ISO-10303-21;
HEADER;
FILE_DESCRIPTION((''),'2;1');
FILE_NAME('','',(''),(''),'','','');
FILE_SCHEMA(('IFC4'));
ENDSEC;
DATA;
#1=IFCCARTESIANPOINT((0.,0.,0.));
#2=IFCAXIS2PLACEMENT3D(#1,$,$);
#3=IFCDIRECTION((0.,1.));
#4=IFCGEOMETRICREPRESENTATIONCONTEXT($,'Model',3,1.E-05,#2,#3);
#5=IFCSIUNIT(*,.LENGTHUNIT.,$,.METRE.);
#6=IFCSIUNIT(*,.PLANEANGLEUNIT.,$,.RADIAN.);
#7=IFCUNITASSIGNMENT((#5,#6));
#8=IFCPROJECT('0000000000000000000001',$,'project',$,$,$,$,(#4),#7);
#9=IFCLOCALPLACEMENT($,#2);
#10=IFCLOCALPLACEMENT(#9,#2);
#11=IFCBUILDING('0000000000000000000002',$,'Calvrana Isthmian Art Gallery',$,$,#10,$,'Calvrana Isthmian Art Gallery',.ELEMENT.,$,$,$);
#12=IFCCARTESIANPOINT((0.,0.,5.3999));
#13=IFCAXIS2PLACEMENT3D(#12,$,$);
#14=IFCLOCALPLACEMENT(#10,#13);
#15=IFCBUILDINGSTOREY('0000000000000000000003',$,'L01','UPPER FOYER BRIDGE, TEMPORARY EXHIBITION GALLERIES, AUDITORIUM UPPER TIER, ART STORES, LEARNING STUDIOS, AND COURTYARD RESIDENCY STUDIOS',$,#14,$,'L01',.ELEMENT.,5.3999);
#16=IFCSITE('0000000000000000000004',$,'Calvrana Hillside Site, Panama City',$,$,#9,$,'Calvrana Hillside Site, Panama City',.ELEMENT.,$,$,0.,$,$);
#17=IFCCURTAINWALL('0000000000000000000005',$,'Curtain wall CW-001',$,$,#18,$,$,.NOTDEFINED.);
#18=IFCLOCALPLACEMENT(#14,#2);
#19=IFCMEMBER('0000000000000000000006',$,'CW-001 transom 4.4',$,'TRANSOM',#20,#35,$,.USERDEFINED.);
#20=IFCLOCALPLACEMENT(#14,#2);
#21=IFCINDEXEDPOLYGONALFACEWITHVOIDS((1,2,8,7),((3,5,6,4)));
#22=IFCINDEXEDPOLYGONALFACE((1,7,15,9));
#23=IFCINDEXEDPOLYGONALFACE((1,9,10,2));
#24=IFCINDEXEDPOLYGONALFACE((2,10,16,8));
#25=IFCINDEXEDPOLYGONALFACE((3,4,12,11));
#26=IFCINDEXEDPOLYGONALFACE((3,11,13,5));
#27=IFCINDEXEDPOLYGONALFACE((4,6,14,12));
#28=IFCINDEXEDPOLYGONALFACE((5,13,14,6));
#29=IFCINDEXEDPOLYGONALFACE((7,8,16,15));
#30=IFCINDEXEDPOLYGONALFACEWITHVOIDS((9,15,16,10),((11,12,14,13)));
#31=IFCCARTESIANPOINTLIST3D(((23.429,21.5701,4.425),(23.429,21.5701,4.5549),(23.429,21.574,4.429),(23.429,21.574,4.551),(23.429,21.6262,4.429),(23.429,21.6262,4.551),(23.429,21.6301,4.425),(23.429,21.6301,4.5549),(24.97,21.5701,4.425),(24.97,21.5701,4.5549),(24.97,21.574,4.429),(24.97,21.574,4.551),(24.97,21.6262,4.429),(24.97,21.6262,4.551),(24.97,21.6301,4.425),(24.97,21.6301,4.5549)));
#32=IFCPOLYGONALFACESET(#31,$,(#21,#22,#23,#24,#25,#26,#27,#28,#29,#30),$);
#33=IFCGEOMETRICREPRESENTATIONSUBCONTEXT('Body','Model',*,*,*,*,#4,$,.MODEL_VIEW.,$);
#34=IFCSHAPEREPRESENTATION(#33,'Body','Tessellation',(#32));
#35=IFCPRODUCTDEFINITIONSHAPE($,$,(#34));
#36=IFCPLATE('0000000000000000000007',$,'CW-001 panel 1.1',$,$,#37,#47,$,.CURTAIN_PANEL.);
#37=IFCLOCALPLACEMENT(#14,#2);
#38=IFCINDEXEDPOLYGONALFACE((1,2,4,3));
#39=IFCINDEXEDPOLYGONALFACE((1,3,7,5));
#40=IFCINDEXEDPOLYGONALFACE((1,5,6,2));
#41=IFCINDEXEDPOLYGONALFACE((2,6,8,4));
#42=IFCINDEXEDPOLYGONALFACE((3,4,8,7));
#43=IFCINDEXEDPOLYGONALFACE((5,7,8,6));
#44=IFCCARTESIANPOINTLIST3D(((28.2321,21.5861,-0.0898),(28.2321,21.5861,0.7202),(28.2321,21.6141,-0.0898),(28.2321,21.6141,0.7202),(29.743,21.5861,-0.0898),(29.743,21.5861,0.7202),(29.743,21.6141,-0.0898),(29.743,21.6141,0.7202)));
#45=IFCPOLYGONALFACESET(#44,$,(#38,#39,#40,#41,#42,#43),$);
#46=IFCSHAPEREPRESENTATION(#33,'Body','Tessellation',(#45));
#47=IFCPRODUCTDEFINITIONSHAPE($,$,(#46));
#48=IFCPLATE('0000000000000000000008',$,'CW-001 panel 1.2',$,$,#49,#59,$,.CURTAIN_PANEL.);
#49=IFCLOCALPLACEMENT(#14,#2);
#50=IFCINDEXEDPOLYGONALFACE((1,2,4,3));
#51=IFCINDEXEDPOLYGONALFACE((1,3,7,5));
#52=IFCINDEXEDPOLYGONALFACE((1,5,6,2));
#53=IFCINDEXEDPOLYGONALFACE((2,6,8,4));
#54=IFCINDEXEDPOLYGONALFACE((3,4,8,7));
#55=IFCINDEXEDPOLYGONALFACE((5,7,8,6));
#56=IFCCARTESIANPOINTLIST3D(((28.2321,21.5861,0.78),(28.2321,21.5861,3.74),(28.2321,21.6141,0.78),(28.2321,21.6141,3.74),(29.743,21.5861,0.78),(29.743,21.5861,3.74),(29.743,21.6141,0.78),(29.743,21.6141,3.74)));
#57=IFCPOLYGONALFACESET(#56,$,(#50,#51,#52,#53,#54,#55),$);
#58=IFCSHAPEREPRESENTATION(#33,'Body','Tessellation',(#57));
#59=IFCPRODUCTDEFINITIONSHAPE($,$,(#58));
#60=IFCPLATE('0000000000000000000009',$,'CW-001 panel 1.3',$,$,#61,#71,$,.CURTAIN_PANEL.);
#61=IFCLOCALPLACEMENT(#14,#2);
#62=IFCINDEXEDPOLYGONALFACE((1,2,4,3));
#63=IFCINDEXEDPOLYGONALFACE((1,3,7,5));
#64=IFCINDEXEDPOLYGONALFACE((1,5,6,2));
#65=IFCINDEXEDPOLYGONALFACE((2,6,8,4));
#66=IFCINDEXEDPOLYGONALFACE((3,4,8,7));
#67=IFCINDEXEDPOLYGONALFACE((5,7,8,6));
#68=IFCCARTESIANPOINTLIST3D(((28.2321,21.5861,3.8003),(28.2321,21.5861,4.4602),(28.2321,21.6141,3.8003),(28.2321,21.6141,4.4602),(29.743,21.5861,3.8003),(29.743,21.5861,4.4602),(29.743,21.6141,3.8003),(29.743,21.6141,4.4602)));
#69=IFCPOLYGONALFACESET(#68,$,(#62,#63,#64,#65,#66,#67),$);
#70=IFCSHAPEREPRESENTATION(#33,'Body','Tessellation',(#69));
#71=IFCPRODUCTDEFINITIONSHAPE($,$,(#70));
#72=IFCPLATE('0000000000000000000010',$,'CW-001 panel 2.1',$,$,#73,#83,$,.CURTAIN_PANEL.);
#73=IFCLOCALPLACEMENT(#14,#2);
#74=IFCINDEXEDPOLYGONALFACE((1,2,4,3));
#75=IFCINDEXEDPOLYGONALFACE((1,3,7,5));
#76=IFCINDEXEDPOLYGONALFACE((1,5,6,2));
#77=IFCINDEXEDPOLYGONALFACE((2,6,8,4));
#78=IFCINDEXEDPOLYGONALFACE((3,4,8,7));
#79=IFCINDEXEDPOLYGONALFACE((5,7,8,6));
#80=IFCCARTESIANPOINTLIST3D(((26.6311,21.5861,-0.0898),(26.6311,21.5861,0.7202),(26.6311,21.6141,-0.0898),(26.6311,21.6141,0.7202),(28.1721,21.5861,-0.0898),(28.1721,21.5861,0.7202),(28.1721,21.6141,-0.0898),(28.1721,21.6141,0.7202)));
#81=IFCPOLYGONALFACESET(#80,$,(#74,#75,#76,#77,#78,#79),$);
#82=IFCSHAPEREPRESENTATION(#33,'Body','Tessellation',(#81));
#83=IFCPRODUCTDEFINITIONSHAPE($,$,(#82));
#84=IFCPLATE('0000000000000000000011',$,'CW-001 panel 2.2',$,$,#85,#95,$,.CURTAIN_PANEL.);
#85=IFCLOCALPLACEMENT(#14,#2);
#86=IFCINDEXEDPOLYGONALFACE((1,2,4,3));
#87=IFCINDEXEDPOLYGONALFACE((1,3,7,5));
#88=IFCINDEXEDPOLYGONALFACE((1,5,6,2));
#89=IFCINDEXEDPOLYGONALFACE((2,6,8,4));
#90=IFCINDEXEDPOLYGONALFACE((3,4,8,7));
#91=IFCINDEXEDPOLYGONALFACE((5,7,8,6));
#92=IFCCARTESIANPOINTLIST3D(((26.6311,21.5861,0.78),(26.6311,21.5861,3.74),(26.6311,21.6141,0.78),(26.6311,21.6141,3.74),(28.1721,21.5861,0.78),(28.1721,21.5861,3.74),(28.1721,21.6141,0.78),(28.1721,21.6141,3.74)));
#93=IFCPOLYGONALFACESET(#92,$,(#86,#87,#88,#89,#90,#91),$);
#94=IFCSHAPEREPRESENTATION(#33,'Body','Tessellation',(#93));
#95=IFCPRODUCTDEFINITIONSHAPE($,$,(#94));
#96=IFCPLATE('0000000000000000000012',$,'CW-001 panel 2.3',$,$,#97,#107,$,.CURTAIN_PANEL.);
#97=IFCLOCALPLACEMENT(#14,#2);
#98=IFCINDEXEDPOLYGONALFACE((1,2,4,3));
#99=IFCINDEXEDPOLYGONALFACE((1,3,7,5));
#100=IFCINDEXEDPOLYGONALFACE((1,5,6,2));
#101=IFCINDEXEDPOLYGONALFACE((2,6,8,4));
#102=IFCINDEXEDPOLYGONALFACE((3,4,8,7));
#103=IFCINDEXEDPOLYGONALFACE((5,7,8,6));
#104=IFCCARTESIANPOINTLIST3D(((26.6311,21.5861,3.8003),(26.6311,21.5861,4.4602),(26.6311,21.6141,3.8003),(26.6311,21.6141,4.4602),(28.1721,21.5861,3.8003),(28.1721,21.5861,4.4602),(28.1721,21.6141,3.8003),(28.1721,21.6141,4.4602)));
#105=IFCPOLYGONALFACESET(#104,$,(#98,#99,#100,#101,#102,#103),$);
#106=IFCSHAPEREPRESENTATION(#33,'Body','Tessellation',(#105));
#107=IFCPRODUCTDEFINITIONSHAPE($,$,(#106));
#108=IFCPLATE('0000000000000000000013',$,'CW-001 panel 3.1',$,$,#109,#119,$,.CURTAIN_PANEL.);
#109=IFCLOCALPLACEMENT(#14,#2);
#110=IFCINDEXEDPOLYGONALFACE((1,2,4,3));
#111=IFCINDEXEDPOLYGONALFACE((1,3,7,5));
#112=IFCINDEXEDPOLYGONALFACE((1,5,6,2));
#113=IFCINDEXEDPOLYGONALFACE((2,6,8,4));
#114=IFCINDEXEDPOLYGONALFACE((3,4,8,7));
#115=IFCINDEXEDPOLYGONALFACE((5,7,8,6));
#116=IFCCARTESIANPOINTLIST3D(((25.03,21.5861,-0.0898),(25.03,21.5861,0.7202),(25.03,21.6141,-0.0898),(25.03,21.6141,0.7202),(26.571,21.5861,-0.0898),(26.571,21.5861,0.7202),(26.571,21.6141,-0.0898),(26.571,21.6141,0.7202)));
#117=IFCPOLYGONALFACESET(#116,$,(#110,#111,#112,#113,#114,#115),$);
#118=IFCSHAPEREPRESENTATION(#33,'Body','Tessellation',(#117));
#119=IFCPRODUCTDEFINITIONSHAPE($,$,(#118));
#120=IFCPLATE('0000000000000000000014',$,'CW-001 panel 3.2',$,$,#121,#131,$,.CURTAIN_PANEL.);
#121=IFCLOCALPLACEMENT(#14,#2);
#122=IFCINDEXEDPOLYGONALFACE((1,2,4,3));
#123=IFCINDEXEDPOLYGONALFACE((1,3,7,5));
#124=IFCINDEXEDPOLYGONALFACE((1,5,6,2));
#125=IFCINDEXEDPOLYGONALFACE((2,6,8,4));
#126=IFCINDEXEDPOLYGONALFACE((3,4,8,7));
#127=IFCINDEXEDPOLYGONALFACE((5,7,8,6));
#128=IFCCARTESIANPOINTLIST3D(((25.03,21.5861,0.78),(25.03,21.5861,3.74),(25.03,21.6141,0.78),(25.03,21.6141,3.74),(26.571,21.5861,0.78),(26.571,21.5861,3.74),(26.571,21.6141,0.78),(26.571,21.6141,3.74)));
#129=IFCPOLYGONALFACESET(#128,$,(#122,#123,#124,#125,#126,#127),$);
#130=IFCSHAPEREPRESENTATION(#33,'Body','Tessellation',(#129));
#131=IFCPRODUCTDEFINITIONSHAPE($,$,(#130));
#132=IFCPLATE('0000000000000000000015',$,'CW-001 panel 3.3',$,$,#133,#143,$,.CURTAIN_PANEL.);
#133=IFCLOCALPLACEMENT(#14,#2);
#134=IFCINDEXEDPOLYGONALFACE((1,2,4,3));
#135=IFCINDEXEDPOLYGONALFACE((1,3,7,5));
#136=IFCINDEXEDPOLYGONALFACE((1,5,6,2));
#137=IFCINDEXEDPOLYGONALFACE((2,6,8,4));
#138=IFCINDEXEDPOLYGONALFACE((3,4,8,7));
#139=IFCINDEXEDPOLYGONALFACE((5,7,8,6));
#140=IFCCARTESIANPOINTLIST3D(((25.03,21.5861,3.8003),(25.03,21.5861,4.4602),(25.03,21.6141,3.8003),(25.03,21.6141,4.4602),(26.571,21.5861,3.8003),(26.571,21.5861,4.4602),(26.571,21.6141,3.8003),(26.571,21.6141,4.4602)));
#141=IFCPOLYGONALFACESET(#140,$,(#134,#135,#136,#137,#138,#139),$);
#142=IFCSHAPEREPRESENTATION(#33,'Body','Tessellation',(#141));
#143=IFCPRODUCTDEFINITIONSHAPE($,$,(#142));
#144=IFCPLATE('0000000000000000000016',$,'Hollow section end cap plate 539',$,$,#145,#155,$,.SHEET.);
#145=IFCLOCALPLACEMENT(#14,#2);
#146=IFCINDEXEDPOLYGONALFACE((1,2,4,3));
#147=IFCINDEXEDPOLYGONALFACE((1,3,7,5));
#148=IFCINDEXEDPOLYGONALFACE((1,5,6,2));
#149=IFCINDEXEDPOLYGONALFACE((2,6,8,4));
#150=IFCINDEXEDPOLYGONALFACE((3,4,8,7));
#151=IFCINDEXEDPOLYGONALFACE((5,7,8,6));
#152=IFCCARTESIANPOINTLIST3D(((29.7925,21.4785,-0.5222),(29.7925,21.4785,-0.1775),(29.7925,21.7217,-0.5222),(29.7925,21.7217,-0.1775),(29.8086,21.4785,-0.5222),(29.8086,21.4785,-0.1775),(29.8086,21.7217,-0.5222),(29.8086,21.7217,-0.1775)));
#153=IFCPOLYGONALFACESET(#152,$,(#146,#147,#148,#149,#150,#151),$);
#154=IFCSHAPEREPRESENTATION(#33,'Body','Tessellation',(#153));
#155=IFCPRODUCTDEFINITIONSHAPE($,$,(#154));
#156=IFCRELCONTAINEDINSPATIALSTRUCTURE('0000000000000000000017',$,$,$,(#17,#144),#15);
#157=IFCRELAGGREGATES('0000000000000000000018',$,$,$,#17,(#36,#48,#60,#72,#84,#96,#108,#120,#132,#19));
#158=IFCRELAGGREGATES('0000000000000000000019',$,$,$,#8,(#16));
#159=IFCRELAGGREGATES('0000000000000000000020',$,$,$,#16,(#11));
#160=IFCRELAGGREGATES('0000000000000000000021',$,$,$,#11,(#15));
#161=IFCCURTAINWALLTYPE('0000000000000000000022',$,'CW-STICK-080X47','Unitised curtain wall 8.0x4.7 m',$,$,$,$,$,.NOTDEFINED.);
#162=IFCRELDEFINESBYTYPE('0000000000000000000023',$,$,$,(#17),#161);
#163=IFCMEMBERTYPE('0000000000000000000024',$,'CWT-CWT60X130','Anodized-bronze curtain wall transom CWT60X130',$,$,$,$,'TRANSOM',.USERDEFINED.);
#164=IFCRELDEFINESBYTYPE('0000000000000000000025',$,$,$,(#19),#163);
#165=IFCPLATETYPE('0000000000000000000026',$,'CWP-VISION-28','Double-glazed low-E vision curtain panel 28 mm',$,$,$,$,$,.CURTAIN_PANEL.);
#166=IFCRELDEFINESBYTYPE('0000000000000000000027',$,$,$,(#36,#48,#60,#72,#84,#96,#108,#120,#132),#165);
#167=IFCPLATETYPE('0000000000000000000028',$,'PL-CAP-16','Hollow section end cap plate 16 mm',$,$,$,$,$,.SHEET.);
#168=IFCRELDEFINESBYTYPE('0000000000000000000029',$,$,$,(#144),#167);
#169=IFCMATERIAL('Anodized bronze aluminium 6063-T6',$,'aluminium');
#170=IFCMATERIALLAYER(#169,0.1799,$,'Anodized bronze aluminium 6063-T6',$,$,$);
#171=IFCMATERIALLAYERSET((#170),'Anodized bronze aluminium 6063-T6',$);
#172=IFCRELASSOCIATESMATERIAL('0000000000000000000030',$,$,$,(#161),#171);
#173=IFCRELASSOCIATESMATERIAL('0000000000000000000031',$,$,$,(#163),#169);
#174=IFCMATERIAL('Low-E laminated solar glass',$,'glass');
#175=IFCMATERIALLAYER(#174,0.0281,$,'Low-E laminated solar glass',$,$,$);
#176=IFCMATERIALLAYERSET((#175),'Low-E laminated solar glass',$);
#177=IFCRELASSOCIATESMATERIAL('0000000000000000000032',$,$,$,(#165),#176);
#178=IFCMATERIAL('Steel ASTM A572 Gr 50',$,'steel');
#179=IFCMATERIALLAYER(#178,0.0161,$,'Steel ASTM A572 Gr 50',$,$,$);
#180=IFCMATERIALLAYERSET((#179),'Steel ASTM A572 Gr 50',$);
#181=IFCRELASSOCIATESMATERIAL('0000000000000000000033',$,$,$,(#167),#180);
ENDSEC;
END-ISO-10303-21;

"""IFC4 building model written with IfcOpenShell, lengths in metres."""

from ifc_helpers import new_model, si_unit, direction, frame, origin, origin_2d, place, context, subcontext, project, spatial, rectangle, hollow_rectangle, extrude, material, layer, layer_set, material_profile, profile_set, type_object, element, aggregate, save


model = new_model("IFC4")

# Units and contexts
model_context = context("Model", 3, precision=1e-05, world=origin(), true_north=direction((0.0, 1.0)))
body_context = subcontext(model_context, "Body", "Model", "MODEL_VIEW")
ifc_project = project(units=[si_unit("LENGTHUNIT", "METRE"), si_unit("PLANEANGLEUNIT", "RADIAN")], contexts=[model_context])

# Site, building, storey
site_placement = place(None, origin())
site = spatial("IfcSite", under=ifc_project, at=site_placement, Name="Calvrana Hillside Site, Panama City", LongName="Calvrana Hillside Site, Panama City", CompositionType="ELEMENT", RefElevation=0.0)
building_placement = place(site_placement, origin())
building = spatial("IfcBuilding", under=site, at=building_placement, Name="Calvrana Isthmian Art Gallery", LongName="Calvrana Isthmian Art Gallery", CompositionType="ELEMENT")
storey_placement = place(building_placement, frame((0.0, 0.0, 5.3999)))
storey = spatial("IfcBuildingStorey", under=building, at=storey_placement, Name="L01", Description="UPPER FOYER BRIDGE, TEMPORARY EXHIBITION GALLERIES, AUDITORIUM UPPER TIER, ART STORES, LEARNING STUDIOS, AND COURTYARD RESIDENCY STUDIOS", LongName="L01", CompositionType="ELEMENT", Elevation=5.3999)

# Curtain wall, member, plates
ifc_material_1 = material(Name="Anodized bronze aluminium 6063-T6", Category="aluminium")
ifc_layer_1 = layer(ifc_material_1, 0.1799, Name="Anodized bronze aluminium 6063-T6")
ifc_layer_set_1 = layer_set([ifc_layer_1], Name="Anodized bronze aluminium 6063-T6")
curtain_wall_type = type_object("IfcCurtainWallType", Name="CW-STICK-080X47", Description="Unitised curtain wall 8.0x4.7 m", PredefinedType="NOTDEFINED", material=ifc_layer_set_1)
curtain_wall_placement = place(storey_placement, origin())
curtain_wall = element("IfcCurtainWall", 1, at=curtain_wall_placement, inside=storey, type_object=curtain_wall_type, Name="Curtain wall CW-001", PredefinedType="NOTDEFINED")
ifc_material_profile_1 = material_profile(ifc_material_1, hollow_rectangle(XDim=0.0601, YDim=0.1299, WallThickness=0.0039, at=origin_2d()), Name="CWT60X130")
ifc_profile_set_1 = profile_set([ifc_material_profile_1], Name="Anodized bronze aluminium 6063-T6")
member_type_1 = type_object("IfcMemberType", Name="CWT-CWT60X130", Description="Anodized-bronze curtain wall transom CWT60X130", ElementType="TRANSOM", PredefinedType="USERDEFINED", material=ifc_profile_set_1)
member_1_placement = place(storey_placement, frame((24.97, 21.6001, 4.49), z_axis=(-1.0, 0.0, 0.0), x_axis=(0.0, -1.0, 0.0)))
member_1 = element("IfcMember", 2, at=member_1_placement, type_object=member_type_1, Name="CW-001 transom 4.4", ObjectType="TRANSOM", PredefinedType="USERDEFINED", context=body_context, shape_type="SweptSolid", body=[
    extrude(hollow_rectangle(XDim=0.0601, YDim=0.1299, WallThickness=0.0039, at=origin_2d()), origin(), (0.0, 0.0, 1.0), 1.541),
])
ifc_material_2 = material(Name="Low-E laminated solar glass", Category="glass")
ifc_layer_2 = layer(ifc_material_2, 0.0281, Name="Low-E laminated solar glass")
ifc_layer_set_2 = layer_set([ifc_layer_2], Name="Low-E laminated solar glass")
plate_type_1 = type_object("IfcPlateType", Name="CWP-VISION-28", Description="Double-glazed low-E vision curtain panel 28 mm", PredefinedType="CURTAIN_PANEL", material=ifc_layer_set_2)
plate_1_placement = place(storey_placement, frame((28.9875, 21.6001, -0.0898), z_axis=(0.0, 0.0, 1.0), x_axis=(-1.0, 0.0, 0.0)))
plate_1 = element("IfcPlate", 3, at=plate_1_placement, type_object=plate_type_1, Name="CW-001 panel 1.1", PredefinedType="CURTAIN_PANEL", context=body_context, shape_type="SweptSolid", body=[
    extrude(rectangle(XDim=1.511, YDim=0.0281, at=origin_2d()), origin(), (0.0, 0.0, 1.0), 0.8101),
])
plate_2_placement = place(storey_placement, frame((28.9875, 21.6001, 0.78), z_axis=(0.0, 0.0, 1.0), x_axis=(-1.0, 0.0, 0.0)))
plate_2 = element("IfcPlate", 4, at=plate_2_placement, type_object=plate_type_1, Name="CW-001 panel 1.2", PredefinedType="CURTAIN_PANEL", context=body_context, shape_type="SweptSolid", body=[
    extrude(rectangle(XDim=1.511, YDim=0.0281, at=origin_2d()), origin(), (0.0, 0.0, 1.0), 2.96),
])
plate_3_placement = place(storey_placement, frame((28.9875, 21.6001, 3.8003), z_axis=(0.0, 0.0, 1.0), x_axis=(-1.0, 0.0, 0.0)))
plate_3 = element("IfcPlate", 5, at=plate_3_placement, type_object=plate_type_1, Name="CW-001 panel 1.3", PredefinedType="CURTAIN_PANEL", context=body_context, shape_type="SweptSolid", body=[
    extrude(rectangle(XDim=1.511, YDim=0.0281, at=origin_2d()), origin(), (0.0, 0.0, 1.0), 0.6599),
])
plate_4_placement = place(storey_placement, frame((27.4016, 21.6001, -0.0898), z_axis=(0.0, 0.0, 1.0), x_axis=(-1.0, 0.0, 0.0)))
plate_4 = element("IfcPlate", 6, at=plate_4_placement, type_object=plate_type_1, Name="CW-001 panel 2.1", PredefinedType="CURTAIN_PANEL", context=body_context, shape_type="SweptSolid", body=[
    extrude(rectangle(XDim=1.541, YDim=0.0281, at=origin_2d()), origin(), (0.0, 0.0, 1.0), 0.8101),
])
plate_5_placement = place(storey_placement, frame((27.4016, 21.6001, 0.78), z_axis=(0.0, 0.0, 1.0), x_axis=(-1.0, 0.0, 0.0)))
plate_5 = element("IfcPlate", 7, at=plate_5_placement, type_object=plate_type_1, Name="CW-001 panel 2.2", PredefinedType="CURTAIN_PANEL", context=body_context, shape_type="SweptSolid", body=[
    extrude(rectangle(XDim=1.541, YDim=0.0281, at=origin_2d()), origin(), (0.0, 0.0, 1.0), 2.96),
])
plate_6_placement = place(storey_placement, frame((27.4016, 21.6001, 3.8003), z_axis=(0.0, 0.0, 1.0), x_axis=(-1.0, 0.0, 0.0)))
plate_6 = element("IfcPlate", 8, at=plate_6_placement, type_object=plate_type_1, Name="CW-001 panel 2.3", PredefinedType="CURTAIN_PANEL", context=body_context, shape_type="SweptSolid", body=[
    extrude(rectangle(XDim=1.541, YDim=0.0281, at=origin_2d()), origin(), (0.0, 0.0, 1.0), 0.6599),
])
plate_7_placement = place(storey_placement, frame((25.8005, 21.6001, -0.0898), z_axis=(0.0, 0.0, 1.0), x_axis=(-1.0, 0.0, 0.0)))
plate_7 = element("IfcPlate", 9, at=plate_7_placement, type_object=plate_type_1, Name="CW-001 panel 3.1", PredefinedType="CURTAIN_PANEL", context=body_context, shape_type="SweptSolid", body=[
    extrude(rectangle(XDim=1.541, YDim=0.0281, at=origin_2d()), origin(), (0.0, 0.0, 1.0), 0.8101),
])
plate_8_placement = place(storey_placement, frame((25.8005, 21.6001, 0.78), z_axis=(0.0, 0.0, 1.0), x_axis=(-1.0, 0.0, 0.0)))
plate_8 = element("IfcPlate", 10, at=plate_8_placement, type_object=plate_type_1, Name="CW-001 panel 3.2", PredefinedType="CURTAIN_PANEL", context=body_context, shape_type="SweptSolid", body=[
    extrude(rectangle(XDim=1.541, YDim=0.0281, at=origin_2d()), origin(), (0.0, 0.0, 1.0), 2.96),
])
plate_9_placement = place(storey_placement, frame((25.8005, 21.6001, 3.8003), z_axis=(0.0, 0.0, 1.0), x_axis=(-1.0, 0.0, 0.0)))
plate_9 = element("IfcPlate", 11, at=plate_9_placement, type_object=plate_type_1, Name="CW-001 panel 3.3", PredefinedType="CURTAIN_PANEL", context=body_context, shape_type="SweptSolid", body=[
    extrude(rectangle(XDim=1.541, YDim=0.0281, at=origin_2d()), origin(), (0.0, 0.0, 1.0), 0.6599),
])
aggregate(curtain_wall, [plate_1, plate_2, plate_3, plate_4, plate_5, plate_6, plate_7, plate_8, plate_9, member_1])

# Plate
ifc_material_3 = material(Name="Steel ASTM A572 Gr 50", Category="steel")
ifc_layer_3 = layer(ifc_material_3, 0.0161, Name="Steel ASTM A572 Gr 50")
ifc_layer_set_3 = layer_set([ifc_layer_3], Name="Steel ASTM A572 Gr 50")
plate_type_2 = type_object("IfcPlateType", Name="PL-CAP-16", Description="Hollow section end cap plate 16 mm", PredefinedType="SHEET", material=ifc_layer_set_3)
plate_10_placement = place(storey_placement, frame((29.8005, 21.6001, -0.5222), z_axis=(0.0, 0.0, 1.0), x_axis=(1.0, 0.0, 0.0)))
element("IfcPlate", 12, at=plate_10_placement, inside=storey, type_object=plate_type_2, Name="Hollow section end cap plate 539", PredefinedType="SHEET", context=body_context, shape_type="SweptSolid", body=[
    extrude(rectangle(XDim=0.0161, YDim=0.2432, at=origin_2d()), origin(), (0.0, 0.0, 1.0), 0.3447),
])

save(model, "model.ifc")
